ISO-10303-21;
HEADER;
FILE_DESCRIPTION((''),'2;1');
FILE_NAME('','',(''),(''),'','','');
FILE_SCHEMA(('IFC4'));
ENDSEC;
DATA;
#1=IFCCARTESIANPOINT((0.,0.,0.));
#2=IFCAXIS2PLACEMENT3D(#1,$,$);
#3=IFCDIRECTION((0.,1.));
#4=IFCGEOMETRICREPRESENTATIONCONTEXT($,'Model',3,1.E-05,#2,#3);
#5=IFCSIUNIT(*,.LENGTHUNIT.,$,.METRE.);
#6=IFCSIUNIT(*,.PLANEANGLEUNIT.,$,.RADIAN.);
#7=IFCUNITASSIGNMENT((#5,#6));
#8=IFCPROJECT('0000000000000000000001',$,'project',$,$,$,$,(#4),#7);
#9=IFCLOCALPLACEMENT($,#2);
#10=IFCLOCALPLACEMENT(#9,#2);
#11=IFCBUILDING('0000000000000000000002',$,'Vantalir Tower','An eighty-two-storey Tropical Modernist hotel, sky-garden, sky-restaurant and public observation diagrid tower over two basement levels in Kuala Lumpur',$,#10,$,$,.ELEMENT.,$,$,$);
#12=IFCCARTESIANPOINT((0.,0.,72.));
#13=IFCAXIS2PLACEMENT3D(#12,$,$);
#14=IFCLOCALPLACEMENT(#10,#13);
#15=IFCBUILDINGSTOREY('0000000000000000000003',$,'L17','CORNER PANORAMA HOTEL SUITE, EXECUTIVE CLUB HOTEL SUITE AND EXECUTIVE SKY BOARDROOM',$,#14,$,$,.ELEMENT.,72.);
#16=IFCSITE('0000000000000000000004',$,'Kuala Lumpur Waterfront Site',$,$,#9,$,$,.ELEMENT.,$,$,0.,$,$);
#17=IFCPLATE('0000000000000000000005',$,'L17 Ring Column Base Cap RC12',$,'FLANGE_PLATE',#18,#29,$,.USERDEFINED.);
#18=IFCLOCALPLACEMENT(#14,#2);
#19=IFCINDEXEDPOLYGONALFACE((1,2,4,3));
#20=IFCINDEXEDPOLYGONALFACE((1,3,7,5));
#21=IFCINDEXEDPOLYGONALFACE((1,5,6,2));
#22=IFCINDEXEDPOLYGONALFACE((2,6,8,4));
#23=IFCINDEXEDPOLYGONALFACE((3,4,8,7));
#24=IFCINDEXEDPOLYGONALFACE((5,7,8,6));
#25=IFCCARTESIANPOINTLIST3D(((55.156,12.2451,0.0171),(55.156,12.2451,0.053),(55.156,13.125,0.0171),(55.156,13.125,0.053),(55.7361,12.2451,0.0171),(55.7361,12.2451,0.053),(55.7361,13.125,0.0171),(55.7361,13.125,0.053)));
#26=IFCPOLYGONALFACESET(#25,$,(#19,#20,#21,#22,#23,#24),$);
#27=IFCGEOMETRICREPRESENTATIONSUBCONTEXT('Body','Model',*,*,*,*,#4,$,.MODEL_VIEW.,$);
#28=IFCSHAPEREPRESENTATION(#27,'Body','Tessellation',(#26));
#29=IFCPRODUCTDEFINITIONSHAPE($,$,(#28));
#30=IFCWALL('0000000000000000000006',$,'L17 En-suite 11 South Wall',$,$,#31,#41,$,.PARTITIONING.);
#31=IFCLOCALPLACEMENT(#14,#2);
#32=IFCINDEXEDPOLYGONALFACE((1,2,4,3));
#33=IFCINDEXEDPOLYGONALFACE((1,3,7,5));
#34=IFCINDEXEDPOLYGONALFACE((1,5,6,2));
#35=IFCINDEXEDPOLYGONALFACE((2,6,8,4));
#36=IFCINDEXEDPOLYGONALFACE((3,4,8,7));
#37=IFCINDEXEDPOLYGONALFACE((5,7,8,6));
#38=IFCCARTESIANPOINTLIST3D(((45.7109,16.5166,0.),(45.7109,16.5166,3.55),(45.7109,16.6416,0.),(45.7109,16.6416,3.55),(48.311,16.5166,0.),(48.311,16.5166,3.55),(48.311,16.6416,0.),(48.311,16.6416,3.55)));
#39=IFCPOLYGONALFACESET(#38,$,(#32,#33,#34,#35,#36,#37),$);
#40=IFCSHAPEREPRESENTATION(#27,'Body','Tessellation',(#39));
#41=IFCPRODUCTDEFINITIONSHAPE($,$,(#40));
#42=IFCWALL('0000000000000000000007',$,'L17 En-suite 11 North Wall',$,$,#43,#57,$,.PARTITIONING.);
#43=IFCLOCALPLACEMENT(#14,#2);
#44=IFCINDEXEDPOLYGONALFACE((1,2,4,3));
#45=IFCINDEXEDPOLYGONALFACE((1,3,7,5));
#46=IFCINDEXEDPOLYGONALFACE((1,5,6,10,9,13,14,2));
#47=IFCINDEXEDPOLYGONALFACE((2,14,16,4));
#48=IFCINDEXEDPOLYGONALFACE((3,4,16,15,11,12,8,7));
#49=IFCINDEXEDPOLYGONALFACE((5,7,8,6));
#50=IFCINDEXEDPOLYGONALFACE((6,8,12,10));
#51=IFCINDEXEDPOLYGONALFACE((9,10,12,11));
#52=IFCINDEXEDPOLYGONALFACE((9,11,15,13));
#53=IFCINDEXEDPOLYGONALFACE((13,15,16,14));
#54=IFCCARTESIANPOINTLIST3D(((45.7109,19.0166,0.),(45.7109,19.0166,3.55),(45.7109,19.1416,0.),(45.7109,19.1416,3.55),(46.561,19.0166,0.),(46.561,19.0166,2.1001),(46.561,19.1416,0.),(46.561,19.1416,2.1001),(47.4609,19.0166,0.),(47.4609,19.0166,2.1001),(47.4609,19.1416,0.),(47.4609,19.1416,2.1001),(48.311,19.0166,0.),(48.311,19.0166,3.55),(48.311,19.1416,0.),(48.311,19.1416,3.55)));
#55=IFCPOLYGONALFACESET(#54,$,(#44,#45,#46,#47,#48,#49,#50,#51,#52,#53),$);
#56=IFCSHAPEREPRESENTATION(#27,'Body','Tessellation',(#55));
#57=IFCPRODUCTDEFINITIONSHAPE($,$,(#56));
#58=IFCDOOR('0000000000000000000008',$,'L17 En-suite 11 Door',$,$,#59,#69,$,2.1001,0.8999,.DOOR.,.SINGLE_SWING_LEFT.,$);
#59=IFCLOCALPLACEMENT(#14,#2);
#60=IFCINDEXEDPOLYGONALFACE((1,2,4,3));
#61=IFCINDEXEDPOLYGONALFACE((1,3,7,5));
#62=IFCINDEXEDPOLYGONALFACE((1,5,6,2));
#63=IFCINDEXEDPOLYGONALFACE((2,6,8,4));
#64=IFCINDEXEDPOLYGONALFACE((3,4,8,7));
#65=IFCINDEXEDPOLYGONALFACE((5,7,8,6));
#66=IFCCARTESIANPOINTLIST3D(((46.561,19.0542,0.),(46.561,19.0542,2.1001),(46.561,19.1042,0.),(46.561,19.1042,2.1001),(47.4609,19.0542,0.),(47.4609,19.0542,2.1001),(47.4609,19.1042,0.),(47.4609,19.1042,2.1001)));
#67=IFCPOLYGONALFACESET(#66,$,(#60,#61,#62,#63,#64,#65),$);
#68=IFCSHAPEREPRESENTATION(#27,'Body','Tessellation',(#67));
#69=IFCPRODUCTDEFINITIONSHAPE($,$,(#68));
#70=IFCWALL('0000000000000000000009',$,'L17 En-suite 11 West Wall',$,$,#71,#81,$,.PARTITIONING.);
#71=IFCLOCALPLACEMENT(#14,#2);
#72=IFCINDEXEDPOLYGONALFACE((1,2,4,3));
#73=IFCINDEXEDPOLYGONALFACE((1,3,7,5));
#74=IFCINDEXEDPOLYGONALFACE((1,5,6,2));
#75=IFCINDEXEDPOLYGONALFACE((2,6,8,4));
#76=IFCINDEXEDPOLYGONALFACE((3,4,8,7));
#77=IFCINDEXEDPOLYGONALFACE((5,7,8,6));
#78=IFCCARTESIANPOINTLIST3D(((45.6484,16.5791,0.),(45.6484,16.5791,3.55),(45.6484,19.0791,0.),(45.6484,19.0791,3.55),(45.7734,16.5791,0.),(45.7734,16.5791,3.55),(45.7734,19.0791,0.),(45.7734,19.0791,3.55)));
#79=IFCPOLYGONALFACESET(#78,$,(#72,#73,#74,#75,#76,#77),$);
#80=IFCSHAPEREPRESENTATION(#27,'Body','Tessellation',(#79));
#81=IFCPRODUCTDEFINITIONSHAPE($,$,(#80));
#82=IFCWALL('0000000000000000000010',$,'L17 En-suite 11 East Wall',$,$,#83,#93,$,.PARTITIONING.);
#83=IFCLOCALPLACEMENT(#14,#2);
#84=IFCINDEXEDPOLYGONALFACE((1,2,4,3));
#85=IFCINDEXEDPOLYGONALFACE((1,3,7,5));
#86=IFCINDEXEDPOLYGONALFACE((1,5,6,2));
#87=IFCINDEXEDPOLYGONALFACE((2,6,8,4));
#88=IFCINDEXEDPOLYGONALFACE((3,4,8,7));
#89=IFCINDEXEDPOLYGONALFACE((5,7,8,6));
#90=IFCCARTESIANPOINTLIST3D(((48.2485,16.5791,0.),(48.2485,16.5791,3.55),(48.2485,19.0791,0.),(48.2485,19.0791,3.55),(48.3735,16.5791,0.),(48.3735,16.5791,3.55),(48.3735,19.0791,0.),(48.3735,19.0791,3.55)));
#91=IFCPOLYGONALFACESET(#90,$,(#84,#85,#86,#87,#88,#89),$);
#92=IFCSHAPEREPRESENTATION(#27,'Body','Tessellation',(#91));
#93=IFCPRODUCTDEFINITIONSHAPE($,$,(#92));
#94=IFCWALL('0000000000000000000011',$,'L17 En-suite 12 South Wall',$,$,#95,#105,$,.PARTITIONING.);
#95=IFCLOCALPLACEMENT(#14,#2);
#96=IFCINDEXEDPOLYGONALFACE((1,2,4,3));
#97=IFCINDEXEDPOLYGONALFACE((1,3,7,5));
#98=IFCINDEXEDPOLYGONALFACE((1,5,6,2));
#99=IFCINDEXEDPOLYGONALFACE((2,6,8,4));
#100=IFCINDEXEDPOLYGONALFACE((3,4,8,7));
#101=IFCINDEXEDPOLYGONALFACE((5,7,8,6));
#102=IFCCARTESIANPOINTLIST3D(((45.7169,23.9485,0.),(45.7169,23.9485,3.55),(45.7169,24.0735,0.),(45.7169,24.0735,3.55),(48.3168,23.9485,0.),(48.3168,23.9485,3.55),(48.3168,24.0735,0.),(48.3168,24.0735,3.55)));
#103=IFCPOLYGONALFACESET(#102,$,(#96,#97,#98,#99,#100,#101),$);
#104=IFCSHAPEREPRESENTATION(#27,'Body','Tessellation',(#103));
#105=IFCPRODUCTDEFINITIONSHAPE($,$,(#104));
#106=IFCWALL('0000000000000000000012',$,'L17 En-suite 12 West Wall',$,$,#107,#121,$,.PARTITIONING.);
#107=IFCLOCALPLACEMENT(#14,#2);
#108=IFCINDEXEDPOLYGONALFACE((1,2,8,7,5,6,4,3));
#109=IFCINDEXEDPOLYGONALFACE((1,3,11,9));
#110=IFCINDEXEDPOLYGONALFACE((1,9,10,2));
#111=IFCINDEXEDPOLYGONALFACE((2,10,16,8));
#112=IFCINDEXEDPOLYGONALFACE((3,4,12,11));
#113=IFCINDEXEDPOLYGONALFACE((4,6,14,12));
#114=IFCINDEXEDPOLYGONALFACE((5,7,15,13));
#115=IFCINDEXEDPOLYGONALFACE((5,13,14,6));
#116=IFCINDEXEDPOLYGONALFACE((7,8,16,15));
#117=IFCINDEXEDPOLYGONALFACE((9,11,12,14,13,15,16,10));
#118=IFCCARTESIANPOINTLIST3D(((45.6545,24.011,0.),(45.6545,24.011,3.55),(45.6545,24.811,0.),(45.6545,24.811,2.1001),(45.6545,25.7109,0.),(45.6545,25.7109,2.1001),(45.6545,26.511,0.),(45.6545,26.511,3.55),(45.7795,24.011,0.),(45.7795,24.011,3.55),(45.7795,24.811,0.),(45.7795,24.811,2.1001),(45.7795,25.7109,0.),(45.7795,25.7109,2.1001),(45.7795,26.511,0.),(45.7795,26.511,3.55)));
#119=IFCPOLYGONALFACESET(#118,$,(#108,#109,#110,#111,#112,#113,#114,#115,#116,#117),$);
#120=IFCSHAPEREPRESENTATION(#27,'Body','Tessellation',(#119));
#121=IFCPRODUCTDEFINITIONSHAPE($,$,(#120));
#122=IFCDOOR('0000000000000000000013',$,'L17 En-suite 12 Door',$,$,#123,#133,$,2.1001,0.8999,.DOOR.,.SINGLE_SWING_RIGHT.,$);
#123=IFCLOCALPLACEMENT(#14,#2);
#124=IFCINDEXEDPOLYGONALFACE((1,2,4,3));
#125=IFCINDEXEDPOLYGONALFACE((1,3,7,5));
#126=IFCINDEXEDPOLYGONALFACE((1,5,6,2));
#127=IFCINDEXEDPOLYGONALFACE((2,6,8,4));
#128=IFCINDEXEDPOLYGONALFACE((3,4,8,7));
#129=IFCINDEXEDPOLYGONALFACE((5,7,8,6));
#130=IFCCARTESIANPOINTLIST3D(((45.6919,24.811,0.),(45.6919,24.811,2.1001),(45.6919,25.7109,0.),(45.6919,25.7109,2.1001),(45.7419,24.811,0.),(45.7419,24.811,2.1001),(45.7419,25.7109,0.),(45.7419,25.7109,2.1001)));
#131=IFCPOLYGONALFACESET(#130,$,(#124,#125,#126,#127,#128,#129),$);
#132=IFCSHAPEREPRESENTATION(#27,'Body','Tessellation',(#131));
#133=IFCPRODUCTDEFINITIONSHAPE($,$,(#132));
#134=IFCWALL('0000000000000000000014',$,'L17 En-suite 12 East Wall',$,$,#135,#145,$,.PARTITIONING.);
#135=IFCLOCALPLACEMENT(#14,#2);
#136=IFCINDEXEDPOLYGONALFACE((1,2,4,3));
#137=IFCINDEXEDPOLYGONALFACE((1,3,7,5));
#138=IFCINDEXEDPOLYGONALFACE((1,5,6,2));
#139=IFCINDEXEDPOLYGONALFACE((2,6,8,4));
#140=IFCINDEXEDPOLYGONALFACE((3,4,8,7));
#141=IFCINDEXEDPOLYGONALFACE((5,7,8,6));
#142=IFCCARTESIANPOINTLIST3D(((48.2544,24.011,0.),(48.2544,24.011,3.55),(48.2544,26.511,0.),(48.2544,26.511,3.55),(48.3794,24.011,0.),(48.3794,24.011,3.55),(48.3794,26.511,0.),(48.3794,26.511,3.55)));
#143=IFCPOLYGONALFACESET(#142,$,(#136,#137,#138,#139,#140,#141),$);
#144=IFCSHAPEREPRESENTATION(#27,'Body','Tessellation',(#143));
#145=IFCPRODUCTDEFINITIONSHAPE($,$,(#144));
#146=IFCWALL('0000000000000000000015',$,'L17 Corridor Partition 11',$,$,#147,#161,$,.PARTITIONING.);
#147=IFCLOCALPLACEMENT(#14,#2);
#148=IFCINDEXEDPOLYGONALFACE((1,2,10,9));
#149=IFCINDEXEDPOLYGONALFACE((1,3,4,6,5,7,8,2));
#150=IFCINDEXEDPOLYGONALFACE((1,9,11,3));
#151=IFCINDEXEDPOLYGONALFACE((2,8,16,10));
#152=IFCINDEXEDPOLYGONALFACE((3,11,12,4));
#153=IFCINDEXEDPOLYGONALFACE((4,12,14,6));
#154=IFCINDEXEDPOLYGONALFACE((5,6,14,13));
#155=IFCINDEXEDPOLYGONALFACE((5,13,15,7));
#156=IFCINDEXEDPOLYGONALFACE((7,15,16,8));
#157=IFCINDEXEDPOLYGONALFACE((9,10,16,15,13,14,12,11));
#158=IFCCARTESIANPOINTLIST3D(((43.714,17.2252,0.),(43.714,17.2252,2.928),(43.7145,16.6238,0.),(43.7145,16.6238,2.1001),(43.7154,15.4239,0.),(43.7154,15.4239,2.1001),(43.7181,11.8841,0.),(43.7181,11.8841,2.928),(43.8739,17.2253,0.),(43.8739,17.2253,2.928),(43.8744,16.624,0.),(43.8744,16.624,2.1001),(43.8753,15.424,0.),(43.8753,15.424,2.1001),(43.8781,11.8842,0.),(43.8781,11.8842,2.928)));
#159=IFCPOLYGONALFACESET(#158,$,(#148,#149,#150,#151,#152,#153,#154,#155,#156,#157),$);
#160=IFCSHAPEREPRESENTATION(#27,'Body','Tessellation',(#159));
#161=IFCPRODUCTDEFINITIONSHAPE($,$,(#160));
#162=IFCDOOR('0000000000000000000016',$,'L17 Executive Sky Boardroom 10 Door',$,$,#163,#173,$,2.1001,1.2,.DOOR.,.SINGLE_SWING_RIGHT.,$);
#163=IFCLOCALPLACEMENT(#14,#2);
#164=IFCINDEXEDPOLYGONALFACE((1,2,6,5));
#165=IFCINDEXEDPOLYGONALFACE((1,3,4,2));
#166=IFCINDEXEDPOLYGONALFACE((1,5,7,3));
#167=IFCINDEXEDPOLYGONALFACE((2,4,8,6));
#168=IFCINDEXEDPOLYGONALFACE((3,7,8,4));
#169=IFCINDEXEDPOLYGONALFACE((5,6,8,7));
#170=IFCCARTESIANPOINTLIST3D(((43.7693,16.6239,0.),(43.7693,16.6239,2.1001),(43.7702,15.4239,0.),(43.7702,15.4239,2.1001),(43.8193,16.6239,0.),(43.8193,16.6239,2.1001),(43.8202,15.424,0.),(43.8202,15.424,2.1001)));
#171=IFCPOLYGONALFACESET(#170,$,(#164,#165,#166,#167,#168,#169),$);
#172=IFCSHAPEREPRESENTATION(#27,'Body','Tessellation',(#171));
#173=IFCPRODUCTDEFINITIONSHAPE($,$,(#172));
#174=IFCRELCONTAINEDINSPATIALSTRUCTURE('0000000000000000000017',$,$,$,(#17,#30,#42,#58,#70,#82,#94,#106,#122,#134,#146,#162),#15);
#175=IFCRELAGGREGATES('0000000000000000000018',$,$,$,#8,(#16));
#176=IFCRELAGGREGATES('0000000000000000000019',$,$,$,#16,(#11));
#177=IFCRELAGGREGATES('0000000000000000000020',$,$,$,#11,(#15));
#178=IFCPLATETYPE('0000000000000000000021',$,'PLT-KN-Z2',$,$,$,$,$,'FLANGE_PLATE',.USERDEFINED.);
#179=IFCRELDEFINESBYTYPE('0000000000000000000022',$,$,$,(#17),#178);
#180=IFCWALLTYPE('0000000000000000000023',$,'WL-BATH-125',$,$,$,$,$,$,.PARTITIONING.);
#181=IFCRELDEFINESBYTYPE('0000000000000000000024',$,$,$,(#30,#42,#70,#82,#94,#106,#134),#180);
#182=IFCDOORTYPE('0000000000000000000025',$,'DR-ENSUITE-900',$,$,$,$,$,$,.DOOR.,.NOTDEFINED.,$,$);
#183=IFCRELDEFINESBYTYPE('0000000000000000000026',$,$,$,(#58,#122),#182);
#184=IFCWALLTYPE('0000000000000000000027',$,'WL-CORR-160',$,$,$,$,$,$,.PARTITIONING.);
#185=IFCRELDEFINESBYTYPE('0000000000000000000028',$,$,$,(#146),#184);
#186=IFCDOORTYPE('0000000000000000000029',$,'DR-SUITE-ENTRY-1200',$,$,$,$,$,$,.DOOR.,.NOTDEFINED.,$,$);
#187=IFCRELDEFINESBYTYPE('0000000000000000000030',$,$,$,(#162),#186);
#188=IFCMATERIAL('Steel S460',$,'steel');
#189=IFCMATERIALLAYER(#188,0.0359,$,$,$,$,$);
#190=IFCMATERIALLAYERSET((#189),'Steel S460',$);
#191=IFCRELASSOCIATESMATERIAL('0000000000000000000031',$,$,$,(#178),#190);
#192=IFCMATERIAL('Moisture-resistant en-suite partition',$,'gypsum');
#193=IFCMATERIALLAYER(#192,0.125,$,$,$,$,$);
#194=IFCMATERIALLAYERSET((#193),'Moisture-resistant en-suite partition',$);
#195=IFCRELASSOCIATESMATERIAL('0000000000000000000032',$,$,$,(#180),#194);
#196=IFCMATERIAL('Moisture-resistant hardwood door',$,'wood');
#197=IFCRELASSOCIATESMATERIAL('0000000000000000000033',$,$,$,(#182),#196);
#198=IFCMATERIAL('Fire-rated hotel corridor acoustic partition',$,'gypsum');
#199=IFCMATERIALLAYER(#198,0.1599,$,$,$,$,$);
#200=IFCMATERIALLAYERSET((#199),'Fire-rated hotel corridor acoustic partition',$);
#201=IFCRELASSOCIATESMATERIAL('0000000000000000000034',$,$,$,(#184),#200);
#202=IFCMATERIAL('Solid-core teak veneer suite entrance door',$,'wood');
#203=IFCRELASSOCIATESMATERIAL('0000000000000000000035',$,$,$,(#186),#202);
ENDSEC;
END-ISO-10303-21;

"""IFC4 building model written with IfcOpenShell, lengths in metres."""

from ifc_helpers import new_model, si_unit, direction, frame, frame_2d, origin, place, context, subcontext, project, spatial, polyline, rectangle, outline, extrude, material, layer, layer_set, type_object, element, fill, save


model = new_model("IFC4")

# Units and contexts
model_context = context("Model", 3, precision=1e-05, world=origin(), true_north=direction((0.0, 1.0)))
body_context = subcontext(model_context, "Body", "Model", "MODEL_VIEW")
ifc_project = project(units=[si_unit("LENGTHUNIT", "METRE"), si_unit("PLANEANGLEUNIT", "RADIAN")], contexts=[model_context])

# Site, building, storey
site_placement = place(None, origin())
site = spatial("IfcSite", under=ifc_project, at=site_placement, Name="Kuala Lumpur Waterfront Site", CompositionType="ELEMENT", RefElevation=0.0)
building_placement = place(site_placement, origin())
building = spatial("IfcBuilding", under=site, at=building_placement, Name="Vantalir Tower", Description="An eighty-two-storey Tropical Modernist hotel, sky-garden, sky-restaurant and public observation diagrid tower over two basement levels in Kuala Lumpur", CompositionType="ELEMENT")
storey_placement = place(building_placement, frame((0.0, 0.0, 72.0)))
storey = spatial("IfcBuildingStorey", under=building, at=storey_placement, Name="L17", Description="CORNER PANORAMA HOTEL SUITE, EXECUTIVE CLUB HOTEL SUITE AND EXECUTIVE SKY BOARDROOM", CompositionType="ELEMENT", Elevation=72.0)

# Shared definitions
ifc_material_1 = material(Name="Steel S460", Category="steel")

# Plate
ifc_layer_1 = layer(ifc_material_1, 0.0359)
ifc_layer_set_1 = layer_set([ifc_layer_1], Name="Steel S460")
plate_type_1 = type_object("IfcPlateType", Name="PLT-KN-Z2", ElementType="FLANGE_PLATE", PredefinedType="USERDEFINED", material=ifc_layer_set_1)
for number, where, z_axis, x_axis, name in (
    (1, (55.156, 13.125, 0.053), (0.0, 0.0, 1.0), (0.0, -1.0, 0.0), "L17 Ring Column Base Cap RC12"),
):
    element("IfcPlate", number, at=place(storey_placement, frame(where, z_axis=z_axis, x_axis=x_axis)), inside=storey, type_object=plate_type_1, Name=name, ObjectType="FLANGE_PLATE", PredefinedType="USERDEFINED", context=body_context, shape_type="SweptSolid", body=[
        extrude(outline(polyline([(0.0, 0.0), (0.8799, 0.0), (0.8799, 0.5801), (0.0, 0.5801), (0.0, 0.0)])), origin(), (0.0, 0.0, -1.0), 0.0359),
    ])

# Wall
ifc_material_2 = material(Name="Moisture-resistant en-suite partition", Category="gypsum")
ifc_layer_2 = layer(ifc_material_2, 0.125)
ifc_layer_set_2 = layer_set([ifc_layer_2], Name="Moisture-resistant en-suite partition")
wall_type_1 = type_object("IfcWallType", Name="WL-BATH-125", PredefinedType="PARTITIONING", material=ifc_layer_set_2)
wall_1_placement = place(storey_placement, frame((45.7109, 16.5791, 0.0), z_axis=(0.0, 0.0, 1.0), x_axis=(1.0, 0.0, 0.0)))
element("IfcWall", 2, at=wall_1_placement, inside=storey, type_object=wall_type_1, Name="L17 En-suite 11 South Wall", PredefinedType="PARTITIONING", context=body_context, shape_type="SweptSolid", body=[
    extrude(rectangle(XDim=2.6001, YDim=0.125, at=frame_2d((1.3, 0.0))), origin(), (0.0, 0.0, 1.0), 3.55),
])

# Wall, opening, door
wall_2_placement = place(storey_placement, frame((45.7109, 19.0791, 0.0), z_axis=(0.0, 0.0, 1.0), x_axis=(1.0, 0.0, 0.0)))
wall_2 = element("IfcWall", 3, at=wall_2_placement, inside=storey, type_object=wall_type_1, Name="L17 En-suite 11 North Wall", PredefinedType="PARTITIONING", context=body_context, shape_type="SweptSolid", body=[
    extrude(rectangle(XDim=2.6001, YDim=0.125, at=frame_2d((1.3, 0.0))), origin(), (0.0, 0.0, 1.0), 3.55),
])
opening_1_placement = place(wall_2_placement, frame((0.8501, 0.0, 0.0)))
opening_1 = element("IfcOpeningElement", 4, at=opening_1_placement, cuts=wall_2, PredefinedType="OPENING", context=body_context, shape_type="SweptSolid", body=[
    extrude(rectangle(XDim=0.8999, YDim=2.1001, at=frame_2d((0.45, 1.05))), frame((0.0, 0.0725, 0.0), z_axis=(0.0, -1.0, 0.0), x_axis=(1.0, 0.0, 0.0)), (0.0, 0.0, 1.0), 0.145),
])
ifc_material_3 = material(Name="Moisture-resistant hardwood door", Category="wood")
door_type_1 = type_object("IfcDoorType", Name="DR-ENSUITE-900", OperationType="NOTDEFINED", PredefinedType="DOOR", material=ifc_material_3)
door_1_placement = place(opening_1_placement, frame((0.8999, 0.0, 0.0), z_axis=(0.0, 0.0, 1.0), x_axis=(-1.0, 0.0, 0.0)))
door_1 = element("IfcDoor", 5, at=door_1_placement, inside=storey, type_object=door_type_1, Name="L17 En-suite 11 Door", OperationType="SINGLE_SWING_LEFT", OverallHeight=2.1001, OverallWidth=0.8999, PredefinedType="DOOR", context=body_context, shape_type="SweptSolid", body=[
    extrude(rectangle(XDim=0.8999, YDim=2.1001, at=frame_2d((0.45, 1.05))), frame((0.0, 0.0249, 0.0), z_axis=(0.0, -1.0, 0.0), x_axis=(1.0, 0.0, 0.0)), (0.0, 0.0, 1.0), 0.05),
])
fill(opening_1, door_1)

# Walls
for number, where, z_axis, x_axis, name in (
    (6, (45.7109, 16.5791, 0.0), (0.0, 0.0, 1.0), (0.0, 1.0, 0.0), "L17 En-suite 11 West Wall"),
    (7, (48.311, 16.5791, 0.0), (0.0, 0.0, 1.0), (0.0, 1.0, 0.0), "L17 En-suite 11 East Wall"),
):
    element("IfcWall", number, at=place(storey_placement, frame(where, z_axis=z_axis, x_axis=x_axis)), inside=storey, type_object=wall_type_1, Name=name, PredefinedType="PARTITIONING", context=body_context, shape_type="SweptSolid", body=[
        extrude(rectangle(XDim=2.5, YDim=0.125, at=frame_2d((1.25, 0.0))), origin(), (0.0, 0.0, 1.0), 3.55),
    ])
wall_3_placement = place(storey_placement, frame((45.717, 24.011, 0.0), z_axis=(0.0, 0.0, 1.0), x_axis=(1.0, 0.0, 0.0)))
element("IfcWall", 8, at=wall_3_placement, inside=storey, type_object=wall_type_1, Name="L17 En-suite 12 South Wall", PredefinedType="PARTITIONING", context=body_context, shape_type="SweptSolid", body=[
    extrude(rectangle(XDim=2.5999, YDim=0.125, at=frame_2d((1.2998, 0.0))), origin(), (0.0, 0.0, 1.0), 3.55),
])

# Wall, opening, door
wall_4_placement = place(storey_placement, frame((45.717, 24.011, 0.0), z_axis=(0.0, 0.0, 1.0), x_axis=(0.0, 1.0, 0.0)))
wall_4 = element("IfcWall", 9, at=wall_4_placement, inside=storey, type_object=wall_type_1, Name="L17 En-suite 12 West Wall", PredefinedType="PARTITIONING", context=body_context, shape_type="SweptSolid", body=[
    extrude(rectangle(XDim=2.5, YDim=0.125, at=frame_2d((1.25, 0.0))), origin(), (0.0, 0.0, 1.0), 3.55),
])
opening_2_placement = place(wall_4_placement, frame((0.8, 0.0, 0.0)))
opening_2 = element("IfcOpeningElement", 10, at=opening_2_placement, cuts=wall_4, PredefinedType="OPENING", context=body_context, shape_type="SweptSolid", body=[
    extrude(rectangle(XDim=0.8999, YDim=2.1001, at=frame_2d((0.45, 1.05))), frame((0.0, 0.0725, 0.0), z_axis=(0.0, -1.0, 0.0), x_axis=(1.0, 0.0, 0.0)), (0.0, 0.0, 1.0), 0.145),
])
door_2_placement = place(opening_2_placement, frame((0.8999, 0.0, 0.0), z_axis=(0.0, 0.0, 1.0), x_axis=(-1.0, 0.0, 0.0)))
door_2 = element("IfcDoor", 11, at=door_2_placement, inside=storey, type_object=door_type_1, Name="L17 En-suite 12 Door", OperationType="SINGLE_SWING_RIGHT", OverallHeight=2.1001, OverallWidth=0.8999, PredefinedType="DOOR", context=body_context, shape_type="SweptSolid", body=[
    extrude(rectangle(XDim=0.8999, YDim=2.1001, at=frame_2d((0.45, 1.05))), frame((0.0, 0.0249, 0.0), z_axis=(0.0, -1.0, 0.0), x_axis=(1.0, 0.0, 0.0)), (0.0, 0.0, 1.0), 0.05),
])
fill(opening_2, door_2)

# Wall
wall_5_placement = place(storey_placement, frame((48.3169, 24.011, 0.0), z_axis=(0.0, 0.0, 1.0), x_axis=(0.0, 1.0, 0.0)))
element("IfcWall", 12, at=wall_5_placement, inside=storey, type_object=wall_type_1, Name="L17 En-suite 12 East Wall", PredefinedType="PARTITIONING", context=body_context, shape_type="SweptSolid", body=[
    extrude(rectangle(XDim=2.5, YDim=0.125, at=frame_2d((1.25, 0.0))), origin(), (0.0, 0.0, 1.0), 3.55),
])

# Wall, opening, door
ifc_material_4 = material(Name="Fire-rated hotel corridor acoustic partition", Category="gypsum")
ifc_layer_3 = layer(ifc_material_4, 0.1599)
ifc_layer_set_3 = layer_set([ifc_layer_3], Name="Fire-rated hotel corridor acoustic partition")
wall_type_2 = type_object("IfcWallType", Name="WL-CORR-160", PredefinedType="PARTITIONING", material=ifc_layer_set_3)
wall_6_placement = place(storey_placement, frame((43.7939, 17.2251, 0.0), z_axis=(0.0, 0.0, 1.0), x_axis=(0.000777, -1.0, 0.0)))
wall_6 = element("IfcWall", 13, at=wall_6_placement, inside=storey, type_object=wall_type_2, Name="L17 Corridor Partition 11", PredefinedType="PARTITIONING", context=body_context, shape_type="SweptSolid", body=[
    extrude(rectangle(XDim=5.3411, YDim=0.1599, at=frame_2d((2.6704, 0.0))), origin(), (0.0, 0.0, 1.0), 2.928),
])
opening_3_placement = place(wall_6_placement, frame((0.6011, 0.0, 0.0)))
opening_3 = element("IfcOpeningElement", 14, at=opening_3_placement, cuts=wall_6, PredefinedType="OPENING", context=body_context, shape_type="SweptSolid", body=[
    extrude(rectangle(XDim=1.2, YDim=2.1001, at=frame_2d((0.6001, 1.05))), frame((0.0, 0.0898, 0.0), z_axis=(0.0, -1.0, 0.0), x_axis=(1.0, 0.0, 0.0)), (0.0, 0.0, 1.0), 0.1799),
])
ifc_material_5 = material(Name="Solid-core teak veneer suite entrance door", Category="wood")
door_type_2 = type_object("IfcDoorType", Name="DR-SUITE-ENTRY-1200", OperationType="NOTDEFINED", PredefinedType="DOOR", material=ifc_material_5)
door_3_placement = place(opening_3_placement, origin())
door_3 = element("IfcDoor", 15, at=door_3_placement, inside=storey, type_object=door_type_2, Name="L17 Executive Sky Boardroom 10 Door", OperationType="SINGLE_SWING_RIGHT", OverallHeight=2.1001, OverallWidth=1.2, PredefinedType="DOOR", context=body_context, shape_type="SweptSolid", body=[
    extrude(rectangle(XDim=1.2, YDim=2.1001, at=frame_2d((0.6001, 1.05))), frame((0.0, 0.0249, 0.0), z_axis=(0.0, -1.0, 0.0), x_axis=(1.0, 0.0, 0.0)), (0.0, 0.0, 1.0), 0.05),
])
fill(opening_3, door_3)

save(model, "model.ifc")
